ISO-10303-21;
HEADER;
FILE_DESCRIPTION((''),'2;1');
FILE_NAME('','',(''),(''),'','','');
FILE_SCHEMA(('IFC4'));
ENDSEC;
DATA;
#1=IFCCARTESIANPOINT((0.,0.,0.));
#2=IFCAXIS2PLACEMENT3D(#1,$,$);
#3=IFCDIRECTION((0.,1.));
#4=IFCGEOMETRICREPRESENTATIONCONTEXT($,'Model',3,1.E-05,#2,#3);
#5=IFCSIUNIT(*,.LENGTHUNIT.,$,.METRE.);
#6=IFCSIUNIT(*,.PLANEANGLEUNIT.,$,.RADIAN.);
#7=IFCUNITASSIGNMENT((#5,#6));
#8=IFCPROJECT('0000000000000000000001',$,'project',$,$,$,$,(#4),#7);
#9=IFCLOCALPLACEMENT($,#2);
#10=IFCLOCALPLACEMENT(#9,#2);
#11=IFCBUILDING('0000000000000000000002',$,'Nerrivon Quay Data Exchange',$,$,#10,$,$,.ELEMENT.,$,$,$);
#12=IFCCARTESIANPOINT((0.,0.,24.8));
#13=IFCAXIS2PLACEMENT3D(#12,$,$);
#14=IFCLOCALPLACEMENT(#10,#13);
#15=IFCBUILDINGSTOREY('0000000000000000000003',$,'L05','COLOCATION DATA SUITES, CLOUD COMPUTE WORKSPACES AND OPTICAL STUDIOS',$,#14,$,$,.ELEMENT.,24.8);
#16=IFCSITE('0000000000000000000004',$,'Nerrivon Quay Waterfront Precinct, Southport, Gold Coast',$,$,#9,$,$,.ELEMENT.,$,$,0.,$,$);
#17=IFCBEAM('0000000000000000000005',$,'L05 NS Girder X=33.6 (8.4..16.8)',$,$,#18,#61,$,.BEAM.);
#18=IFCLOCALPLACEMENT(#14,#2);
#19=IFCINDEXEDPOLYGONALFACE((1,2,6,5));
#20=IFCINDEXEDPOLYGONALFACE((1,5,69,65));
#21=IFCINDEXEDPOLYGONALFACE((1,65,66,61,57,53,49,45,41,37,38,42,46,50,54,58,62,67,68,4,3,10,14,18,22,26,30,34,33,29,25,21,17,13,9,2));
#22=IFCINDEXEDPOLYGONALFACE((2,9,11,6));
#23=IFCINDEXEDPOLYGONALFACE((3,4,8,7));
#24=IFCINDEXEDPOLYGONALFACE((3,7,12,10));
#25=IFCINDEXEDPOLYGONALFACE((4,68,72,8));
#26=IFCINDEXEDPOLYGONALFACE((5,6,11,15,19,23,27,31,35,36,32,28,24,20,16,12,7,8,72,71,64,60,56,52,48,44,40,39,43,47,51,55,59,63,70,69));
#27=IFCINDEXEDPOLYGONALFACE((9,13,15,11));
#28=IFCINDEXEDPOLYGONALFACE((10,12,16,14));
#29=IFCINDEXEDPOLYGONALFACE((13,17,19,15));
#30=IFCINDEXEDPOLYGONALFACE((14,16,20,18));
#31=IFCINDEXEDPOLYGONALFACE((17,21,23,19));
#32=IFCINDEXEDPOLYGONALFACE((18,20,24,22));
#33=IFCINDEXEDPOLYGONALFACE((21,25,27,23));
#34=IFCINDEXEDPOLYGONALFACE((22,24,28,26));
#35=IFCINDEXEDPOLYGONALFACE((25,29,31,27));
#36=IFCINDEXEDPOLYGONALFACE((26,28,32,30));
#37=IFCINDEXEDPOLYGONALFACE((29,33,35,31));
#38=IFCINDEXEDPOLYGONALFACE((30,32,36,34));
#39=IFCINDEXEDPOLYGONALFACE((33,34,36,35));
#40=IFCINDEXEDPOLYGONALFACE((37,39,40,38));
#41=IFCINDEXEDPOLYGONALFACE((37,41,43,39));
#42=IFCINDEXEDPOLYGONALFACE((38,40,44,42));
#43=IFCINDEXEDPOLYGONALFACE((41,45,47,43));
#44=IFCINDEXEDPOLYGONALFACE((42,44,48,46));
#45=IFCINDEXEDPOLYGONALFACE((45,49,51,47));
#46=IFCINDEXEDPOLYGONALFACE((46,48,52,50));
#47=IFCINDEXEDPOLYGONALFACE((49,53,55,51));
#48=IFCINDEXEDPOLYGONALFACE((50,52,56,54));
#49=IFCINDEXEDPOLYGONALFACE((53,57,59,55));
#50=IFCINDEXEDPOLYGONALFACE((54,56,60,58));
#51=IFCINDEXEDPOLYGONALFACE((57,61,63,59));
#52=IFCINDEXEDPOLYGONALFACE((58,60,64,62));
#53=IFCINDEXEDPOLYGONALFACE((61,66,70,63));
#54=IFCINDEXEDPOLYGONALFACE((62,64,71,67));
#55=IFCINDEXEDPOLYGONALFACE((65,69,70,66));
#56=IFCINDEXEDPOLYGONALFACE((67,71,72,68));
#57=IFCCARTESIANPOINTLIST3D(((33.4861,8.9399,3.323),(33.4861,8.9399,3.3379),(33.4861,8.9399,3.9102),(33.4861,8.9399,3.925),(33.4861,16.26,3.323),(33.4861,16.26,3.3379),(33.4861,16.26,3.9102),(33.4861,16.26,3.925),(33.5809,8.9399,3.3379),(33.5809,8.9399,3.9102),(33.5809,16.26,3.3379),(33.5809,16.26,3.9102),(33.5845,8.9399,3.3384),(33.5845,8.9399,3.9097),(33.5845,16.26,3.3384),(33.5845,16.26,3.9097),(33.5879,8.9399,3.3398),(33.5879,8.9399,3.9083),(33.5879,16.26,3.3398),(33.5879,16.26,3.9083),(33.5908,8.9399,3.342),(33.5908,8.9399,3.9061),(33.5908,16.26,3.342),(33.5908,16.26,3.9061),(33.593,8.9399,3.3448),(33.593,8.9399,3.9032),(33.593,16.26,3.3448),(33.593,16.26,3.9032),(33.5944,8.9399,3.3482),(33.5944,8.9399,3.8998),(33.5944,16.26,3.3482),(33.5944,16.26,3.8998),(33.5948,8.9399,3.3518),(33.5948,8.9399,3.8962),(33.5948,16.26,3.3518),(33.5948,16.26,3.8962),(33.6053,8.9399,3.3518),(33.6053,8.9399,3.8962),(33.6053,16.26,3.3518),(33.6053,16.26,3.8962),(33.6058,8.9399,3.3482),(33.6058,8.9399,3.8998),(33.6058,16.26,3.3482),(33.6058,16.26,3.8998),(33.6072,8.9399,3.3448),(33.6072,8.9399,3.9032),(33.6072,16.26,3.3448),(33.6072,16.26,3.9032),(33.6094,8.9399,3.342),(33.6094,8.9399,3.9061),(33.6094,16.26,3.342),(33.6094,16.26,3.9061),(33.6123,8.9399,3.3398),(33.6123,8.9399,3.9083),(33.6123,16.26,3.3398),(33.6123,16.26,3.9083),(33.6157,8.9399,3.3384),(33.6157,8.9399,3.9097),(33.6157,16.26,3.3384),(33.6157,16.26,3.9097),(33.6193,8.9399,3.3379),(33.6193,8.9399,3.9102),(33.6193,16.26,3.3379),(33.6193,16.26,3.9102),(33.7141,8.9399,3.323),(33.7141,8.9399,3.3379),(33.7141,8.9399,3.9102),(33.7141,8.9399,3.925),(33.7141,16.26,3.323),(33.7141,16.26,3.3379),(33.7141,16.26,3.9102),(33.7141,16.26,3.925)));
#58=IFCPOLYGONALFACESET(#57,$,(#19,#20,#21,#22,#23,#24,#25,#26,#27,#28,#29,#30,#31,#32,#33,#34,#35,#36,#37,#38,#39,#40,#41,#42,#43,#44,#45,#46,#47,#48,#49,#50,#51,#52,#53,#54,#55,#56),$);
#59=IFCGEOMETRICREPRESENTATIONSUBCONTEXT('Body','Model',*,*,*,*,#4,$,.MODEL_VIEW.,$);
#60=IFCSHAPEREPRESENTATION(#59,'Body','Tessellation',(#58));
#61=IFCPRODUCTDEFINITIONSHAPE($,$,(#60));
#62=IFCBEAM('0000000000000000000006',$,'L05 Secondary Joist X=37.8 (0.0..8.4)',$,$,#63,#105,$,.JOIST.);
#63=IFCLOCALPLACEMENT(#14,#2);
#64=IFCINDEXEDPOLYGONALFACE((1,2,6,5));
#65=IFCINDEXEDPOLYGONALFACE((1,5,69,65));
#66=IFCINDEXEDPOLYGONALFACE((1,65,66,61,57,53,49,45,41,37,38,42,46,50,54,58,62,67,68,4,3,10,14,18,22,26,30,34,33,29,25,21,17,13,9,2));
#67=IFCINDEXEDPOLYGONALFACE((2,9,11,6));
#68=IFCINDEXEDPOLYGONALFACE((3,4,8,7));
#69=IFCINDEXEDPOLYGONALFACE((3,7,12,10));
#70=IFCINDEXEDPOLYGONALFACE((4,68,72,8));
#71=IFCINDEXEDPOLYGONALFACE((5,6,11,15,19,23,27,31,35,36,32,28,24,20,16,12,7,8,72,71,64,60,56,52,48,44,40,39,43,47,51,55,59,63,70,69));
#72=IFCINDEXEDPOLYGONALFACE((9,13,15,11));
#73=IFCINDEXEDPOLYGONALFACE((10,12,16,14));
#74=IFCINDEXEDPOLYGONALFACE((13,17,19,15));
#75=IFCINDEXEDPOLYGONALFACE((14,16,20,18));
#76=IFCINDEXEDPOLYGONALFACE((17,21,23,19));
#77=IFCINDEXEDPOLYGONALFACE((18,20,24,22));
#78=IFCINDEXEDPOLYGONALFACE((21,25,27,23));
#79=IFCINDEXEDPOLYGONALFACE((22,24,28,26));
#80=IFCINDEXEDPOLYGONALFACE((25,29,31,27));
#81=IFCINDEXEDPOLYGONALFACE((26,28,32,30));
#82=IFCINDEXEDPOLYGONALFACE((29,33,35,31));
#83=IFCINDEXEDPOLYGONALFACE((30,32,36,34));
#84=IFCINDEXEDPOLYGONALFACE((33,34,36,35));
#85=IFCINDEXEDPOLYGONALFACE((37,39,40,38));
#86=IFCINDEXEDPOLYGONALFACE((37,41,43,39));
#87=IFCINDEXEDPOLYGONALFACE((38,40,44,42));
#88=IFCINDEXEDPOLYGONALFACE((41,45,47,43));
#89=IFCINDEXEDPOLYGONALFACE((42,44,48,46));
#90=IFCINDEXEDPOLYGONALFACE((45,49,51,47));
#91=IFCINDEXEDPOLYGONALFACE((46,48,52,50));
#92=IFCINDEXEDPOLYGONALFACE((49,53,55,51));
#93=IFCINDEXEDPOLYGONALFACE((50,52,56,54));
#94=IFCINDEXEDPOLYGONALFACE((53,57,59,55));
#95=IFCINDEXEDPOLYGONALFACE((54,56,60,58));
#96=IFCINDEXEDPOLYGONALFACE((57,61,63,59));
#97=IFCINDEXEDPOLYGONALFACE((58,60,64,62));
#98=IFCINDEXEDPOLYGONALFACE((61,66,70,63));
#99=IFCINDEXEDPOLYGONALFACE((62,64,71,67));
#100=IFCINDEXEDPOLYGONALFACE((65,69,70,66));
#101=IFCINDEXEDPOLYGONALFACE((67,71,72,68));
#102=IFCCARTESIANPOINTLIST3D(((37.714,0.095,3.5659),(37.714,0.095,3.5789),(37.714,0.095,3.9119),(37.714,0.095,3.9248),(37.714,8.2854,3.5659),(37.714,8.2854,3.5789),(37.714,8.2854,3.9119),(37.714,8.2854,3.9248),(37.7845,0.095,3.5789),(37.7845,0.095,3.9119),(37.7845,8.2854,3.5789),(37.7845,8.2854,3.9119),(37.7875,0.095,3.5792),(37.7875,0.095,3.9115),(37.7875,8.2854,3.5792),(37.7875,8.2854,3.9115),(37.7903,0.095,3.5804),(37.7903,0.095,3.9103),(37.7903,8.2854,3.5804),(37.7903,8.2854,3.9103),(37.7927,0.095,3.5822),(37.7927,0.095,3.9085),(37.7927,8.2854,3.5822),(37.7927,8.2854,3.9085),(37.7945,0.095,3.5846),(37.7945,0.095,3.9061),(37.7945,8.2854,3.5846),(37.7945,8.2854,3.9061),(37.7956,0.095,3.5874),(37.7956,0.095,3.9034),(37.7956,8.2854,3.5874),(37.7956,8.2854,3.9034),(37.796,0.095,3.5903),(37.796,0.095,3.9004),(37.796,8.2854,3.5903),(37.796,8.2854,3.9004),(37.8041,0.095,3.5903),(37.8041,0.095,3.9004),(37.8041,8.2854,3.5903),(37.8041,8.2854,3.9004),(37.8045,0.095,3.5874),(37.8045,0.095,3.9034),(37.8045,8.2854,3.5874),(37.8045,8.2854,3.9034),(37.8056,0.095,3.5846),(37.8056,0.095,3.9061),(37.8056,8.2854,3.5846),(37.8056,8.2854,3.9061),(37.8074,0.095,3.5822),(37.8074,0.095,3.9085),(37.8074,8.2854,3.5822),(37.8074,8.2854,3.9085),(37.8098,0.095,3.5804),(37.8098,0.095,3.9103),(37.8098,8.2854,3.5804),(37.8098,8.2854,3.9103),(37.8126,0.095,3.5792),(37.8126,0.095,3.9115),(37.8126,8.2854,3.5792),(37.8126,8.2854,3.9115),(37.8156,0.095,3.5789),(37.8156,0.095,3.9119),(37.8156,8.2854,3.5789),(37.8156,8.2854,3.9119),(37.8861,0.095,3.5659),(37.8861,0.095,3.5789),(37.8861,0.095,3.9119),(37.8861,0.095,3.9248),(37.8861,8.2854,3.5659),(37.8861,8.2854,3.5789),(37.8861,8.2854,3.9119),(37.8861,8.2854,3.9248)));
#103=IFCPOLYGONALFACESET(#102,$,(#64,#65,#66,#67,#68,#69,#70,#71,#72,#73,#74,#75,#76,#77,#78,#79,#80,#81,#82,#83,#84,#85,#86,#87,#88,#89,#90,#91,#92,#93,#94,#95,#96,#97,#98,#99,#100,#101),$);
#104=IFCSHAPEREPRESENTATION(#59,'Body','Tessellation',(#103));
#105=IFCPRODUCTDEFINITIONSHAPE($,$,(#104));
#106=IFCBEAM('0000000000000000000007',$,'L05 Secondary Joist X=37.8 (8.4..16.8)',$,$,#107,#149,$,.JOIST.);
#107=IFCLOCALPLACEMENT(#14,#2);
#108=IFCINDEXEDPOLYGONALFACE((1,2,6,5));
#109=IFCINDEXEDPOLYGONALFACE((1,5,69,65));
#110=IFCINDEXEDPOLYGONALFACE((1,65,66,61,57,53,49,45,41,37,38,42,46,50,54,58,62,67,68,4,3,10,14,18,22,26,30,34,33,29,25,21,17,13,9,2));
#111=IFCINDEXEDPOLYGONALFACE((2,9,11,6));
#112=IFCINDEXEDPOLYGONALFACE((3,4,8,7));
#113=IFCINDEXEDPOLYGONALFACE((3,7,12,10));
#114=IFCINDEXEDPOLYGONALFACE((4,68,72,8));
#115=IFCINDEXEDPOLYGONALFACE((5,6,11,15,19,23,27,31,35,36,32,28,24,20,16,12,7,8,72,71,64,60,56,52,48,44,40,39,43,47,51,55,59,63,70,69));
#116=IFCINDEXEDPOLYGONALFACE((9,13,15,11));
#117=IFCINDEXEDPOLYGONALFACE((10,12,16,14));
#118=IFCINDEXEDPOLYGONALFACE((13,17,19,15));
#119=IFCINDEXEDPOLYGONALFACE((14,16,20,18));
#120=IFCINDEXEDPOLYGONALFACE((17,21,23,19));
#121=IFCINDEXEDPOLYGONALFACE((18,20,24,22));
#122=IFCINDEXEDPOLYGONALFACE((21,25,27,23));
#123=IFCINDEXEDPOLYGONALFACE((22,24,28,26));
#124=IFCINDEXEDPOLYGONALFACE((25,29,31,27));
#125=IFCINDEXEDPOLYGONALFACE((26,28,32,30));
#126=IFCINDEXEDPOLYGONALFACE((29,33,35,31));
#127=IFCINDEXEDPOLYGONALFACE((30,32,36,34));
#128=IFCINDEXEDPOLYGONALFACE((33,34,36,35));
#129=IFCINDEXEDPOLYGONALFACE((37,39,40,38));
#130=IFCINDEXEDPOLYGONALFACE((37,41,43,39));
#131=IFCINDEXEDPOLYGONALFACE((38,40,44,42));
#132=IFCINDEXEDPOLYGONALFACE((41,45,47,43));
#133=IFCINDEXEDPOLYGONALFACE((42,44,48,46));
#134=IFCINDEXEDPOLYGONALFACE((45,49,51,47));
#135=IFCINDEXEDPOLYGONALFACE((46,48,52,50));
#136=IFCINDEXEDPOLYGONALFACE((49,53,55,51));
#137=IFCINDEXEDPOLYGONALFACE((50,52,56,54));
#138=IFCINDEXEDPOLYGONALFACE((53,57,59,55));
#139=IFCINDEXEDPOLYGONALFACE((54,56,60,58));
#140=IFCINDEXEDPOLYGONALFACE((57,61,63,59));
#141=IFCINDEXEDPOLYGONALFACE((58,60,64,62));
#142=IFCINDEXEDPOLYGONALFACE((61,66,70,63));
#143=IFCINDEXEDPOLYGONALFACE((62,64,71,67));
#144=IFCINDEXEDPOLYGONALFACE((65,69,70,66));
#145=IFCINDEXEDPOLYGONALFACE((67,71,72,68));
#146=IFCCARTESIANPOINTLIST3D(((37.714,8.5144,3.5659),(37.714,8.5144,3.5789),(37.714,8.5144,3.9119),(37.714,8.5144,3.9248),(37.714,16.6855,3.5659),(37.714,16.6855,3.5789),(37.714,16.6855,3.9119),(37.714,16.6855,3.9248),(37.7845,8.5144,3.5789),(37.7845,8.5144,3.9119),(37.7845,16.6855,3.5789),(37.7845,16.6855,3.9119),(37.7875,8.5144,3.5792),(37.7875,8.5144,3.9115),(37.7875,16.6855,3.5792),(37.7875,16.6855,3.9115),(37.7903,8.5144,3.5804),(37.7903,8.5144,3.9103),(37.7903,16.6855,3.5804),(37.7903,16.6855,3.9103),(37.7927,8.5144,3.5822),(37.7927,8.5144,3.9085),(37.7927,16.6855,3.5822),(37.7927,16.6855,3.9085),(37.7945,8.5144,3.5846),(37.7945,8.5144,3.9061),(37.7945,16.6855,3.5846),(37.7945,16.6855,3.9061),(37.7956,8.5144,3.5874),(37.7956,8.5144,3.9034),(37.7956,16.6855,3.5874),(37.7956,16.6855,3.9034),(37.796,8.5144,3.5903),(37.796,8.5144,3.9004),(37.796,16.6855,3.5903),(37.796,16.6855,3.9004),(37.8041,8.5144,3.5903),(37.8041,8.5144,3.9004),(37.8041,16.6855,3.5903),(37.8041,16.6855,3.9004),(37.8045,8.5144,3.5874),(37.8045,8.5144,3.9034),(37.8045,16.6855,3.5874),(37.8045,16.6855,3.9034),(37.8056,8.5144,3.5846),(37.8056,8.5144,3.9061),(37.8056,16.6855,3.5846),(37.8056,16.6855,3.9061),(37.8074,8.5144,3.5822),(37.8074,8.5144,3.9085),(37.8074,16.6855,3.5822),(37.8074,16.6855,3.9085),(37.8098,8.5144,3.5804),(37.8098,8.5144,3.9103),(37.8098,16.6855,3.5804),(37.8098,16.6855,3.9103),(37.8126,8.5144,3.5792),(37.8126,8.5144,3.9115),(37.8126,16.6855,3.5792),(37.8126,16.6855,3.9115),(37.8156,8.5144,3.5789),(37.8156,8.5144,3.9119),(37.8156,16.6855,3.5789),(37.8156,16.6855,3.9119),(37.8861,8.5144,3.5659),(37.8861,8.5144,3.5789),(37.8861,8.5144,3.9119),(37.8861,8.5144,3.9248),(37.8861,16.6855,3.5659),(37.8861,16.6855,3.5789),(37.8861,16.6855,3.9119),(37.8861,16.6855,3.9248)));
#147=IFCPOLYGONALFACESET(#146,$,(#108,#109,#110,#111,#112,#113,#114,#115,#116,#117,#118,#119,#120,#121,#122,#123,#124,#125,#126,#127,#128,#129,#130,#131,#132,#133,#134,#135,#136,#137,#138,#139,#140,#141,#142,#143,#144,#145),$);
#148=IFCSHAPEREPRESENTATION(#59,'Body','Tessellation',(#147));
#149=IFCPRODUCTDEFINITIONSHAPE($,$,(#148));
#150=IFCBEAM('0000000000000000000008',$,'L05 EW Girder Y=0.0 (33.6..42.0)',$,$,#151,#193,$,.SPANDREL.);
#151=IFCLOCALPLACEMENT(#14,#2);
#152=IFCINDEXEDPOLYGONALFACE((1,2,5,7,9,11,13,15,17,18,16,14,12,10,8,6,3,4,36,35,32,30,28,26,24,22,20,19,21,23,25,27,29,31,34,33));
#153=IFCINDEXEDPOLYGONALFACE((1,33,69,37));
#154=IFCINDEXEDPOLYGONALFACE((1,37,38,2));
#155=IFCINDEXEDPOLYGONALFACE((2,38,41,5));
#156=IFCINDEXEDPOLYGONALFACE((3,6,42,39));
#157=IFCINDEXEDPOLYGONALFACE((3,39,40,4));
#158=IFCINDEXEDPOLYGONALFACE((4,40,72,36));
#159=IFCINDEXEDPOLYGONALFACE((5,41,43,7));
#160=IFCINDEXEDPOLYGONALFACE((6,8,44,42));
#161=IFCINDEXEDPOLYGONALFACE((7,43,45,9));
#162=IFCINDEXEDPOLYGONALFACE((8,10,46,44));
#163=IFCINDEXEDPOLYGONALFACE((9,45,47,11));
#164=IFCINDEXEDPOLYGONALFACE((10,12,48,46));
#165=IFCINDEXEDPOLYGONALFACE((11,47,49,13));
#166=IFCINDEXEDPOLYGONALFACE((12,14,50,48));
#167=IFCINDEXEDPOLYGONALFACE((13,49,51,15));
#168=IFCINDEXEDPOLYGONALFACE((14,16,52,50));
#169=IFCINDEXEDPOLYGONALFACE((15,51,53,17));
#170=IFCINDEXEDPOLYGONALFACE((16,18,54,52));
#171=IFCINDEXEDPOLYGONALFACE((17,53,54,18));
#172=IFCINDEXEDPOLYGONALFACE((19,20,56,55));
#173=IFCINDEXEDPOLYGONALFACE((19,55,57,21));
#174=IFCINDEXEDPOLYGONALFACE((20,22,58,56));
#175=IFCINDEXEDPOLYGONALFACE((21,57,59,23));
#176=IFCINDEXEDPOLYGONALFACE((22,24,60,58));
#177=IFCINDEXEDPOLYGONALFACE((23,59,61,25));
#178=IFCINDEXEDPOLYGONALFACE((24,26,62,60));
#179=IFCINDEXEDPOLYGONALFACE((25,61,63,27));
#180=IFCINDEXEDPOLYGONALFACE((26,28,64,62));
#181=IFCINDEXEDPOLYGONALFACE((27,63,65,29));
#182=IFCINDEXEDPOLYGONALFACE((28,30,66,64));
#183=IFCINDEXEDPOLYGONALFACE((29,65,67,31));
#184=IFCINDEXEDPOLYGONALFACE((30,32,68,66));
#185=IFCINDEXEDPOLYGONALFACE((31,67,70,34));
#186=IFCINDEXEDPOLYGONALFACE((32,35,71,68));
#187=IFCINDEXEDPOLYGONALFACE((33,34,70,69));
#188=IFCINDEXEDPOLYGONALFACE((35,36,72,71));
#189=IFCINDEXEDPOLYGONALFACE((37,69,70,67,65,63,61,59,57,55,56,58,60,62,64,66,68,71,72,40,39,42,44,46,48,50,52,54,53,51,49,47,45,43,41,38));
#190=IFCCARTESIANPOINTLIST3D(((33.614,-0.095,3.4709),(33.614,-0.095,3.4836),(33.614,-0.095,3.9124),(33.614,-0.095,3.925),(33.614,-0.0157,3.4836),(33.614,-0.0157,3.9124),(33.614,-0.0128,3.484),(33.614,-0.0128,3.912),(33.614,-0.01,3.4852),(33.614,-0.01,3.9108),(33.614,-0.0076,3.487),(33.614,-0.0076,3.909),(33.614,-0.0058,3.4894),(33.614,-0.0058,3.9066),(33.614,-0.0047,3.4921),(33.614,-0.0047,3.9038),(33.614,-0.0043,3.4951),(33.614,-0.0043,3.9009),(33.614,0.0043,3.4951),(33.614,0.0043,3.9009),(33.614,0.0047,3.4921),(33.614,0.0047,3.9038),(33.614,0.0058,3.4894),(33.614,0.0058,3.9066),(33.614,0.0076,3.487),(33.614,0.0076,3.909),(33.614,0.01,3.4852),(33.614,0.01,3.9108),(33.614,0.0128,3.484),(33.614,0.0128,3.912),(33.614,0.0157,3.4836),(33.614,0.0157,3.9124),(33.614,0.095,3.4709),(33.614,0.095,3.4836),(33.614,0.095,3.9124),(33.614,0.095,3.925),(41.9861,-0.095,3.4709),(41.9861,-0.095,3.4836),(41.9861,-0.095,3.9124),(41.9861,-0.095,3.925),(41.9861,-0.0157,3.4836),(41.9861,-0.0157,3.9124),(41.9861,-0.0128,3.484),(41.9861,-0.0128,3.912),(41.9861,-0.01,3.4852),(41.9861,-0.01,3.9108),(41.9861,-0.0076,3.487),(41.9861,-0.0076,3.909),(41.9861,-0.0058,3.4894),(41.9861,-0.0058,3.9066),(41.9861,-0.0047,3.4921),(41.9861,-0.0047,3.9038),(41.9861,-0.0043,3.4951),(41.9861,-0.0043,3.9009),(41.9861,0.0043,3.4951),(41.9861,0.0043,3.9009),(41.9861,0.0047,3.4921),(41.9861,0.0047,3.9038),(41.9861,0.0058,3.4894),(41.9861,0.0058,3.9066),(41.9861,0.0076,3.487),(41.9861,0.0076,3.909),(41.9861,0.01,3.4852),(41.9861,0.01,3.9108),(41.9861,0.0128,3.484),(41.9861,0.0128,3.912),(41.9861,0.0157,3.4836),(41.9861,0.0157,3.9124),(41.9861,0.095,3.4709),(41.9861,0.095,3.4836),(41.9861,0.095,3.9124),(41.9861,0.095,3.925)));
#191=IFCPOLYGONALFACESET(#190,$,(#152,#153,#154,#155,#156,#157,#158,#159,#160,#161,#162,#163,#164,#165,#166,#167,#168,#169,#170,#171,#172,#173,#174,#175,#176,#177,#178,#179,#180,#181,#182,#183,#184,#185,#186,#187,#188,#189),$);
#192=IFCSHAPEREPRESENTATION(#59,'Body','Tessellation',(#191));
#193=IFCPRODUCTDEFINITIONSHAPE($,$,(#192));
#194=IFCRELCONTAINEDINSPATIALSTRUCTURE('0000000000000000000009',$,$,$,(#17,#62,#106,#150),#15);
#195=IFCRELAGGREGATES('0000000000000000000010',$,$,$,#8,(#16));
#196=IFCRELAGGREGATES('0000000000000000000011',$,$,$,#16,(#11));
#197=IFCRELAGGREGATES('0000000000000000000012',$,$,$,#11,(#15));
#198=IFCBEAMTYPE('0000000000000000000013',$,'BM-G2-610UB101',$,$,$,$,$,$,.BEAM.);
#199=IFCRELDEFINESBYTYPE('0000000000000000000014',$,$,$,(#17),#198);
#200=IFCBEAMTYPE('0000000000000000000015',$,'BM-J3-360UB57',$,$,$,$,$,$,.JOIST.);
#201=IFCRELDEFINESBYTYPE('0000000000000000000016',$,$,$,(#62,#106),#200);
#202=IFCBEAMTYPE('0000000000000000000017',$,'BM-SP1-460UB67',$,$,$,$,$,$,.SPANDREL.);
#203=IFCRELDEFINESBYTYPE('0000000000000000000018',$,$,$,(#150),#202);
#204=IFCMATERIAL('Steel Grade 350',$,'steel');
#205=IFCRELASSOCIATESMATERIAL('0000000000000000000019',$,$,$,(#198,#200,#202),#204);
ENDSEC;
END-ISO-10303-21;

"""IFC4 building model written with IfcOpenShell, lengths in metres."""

from ifc_helpers import new_model, si_unit, direction, frame, origin, origin_2d, place, context, subcontext, project, spatial, i_section, extrude, material, material_profile, profile_set, type_object, element, save


model = new_model("IFC4")

# Units and contexts
model_context = context("Model", 3, precision=1e-05, world=origin(), true_north=direction((0.0, 1.0)))
body_context = subcontext(model_context, "Body", "Model", "MODEL_VIEW")
ifc_project = project(units=[si_unit("LENGTHUNIT", "METRE"), si_unit("PLANEANGLEUNIT", "RADIAN")], contexts=[model_context])

# Site, building, storey
site_placement = place(None, origin())
site = spatial("IfcSite", under=ifc_project, at=site_placement, Name="Nerrivon Quay Waterfront Precinct, Southport, Gold Coast", CompositionType="ELEMENT", RefElevation=0.0)
building_placement = place(site_placement, origin())
building = spatial("IfcBuilding", under=site, at=building_placement, Name="Nerrivon Quay Data Exchange", CompositionType="ELEMENT")
storey_placement = place(building_placement, frame((0.0, 0.0, 24.8)))
storey = spatial("IfcBuildingStorey", under=building, at=storey_placement, Name="L05", Description="COLOCATION DATA SUITES, CLOUD COMPUTE WORKSPACES AND OPTICAL STUDIOS", CompositionType="ELEMENT", Elevation=24.8)

# Shared definitions
ifc_material_1 = material(Name="Steel Grade 350", Category="steel")

# Beams
ifc_material_profile_1 = material_profile(ifc_material_1, i_section(OverallWidth=0.228, OverallDepth=0.6021, WebThickness=0.0105, FlangeThickness=0.0149, FilletRadius=0.0139, at=origin_2d()), Name="610UB101")
ifc_profile_set_1 = profile_set([ifc_material_profile_1], Name="Steel Grade 350")
beam_type_1 = type_object("IfcBeamType", Name="BM-G2-610UB101", PredefinedType="BEAM", material=ifc_profile_set_1)
beam_1_placement = place(storey_placement, frame((33.6001, 8.9399, 3.624), z_axis=(0.0, 1.0, 0.0), x_axis=(-1.0, 0.0, 0.0)))
element("IfcBeam", 1, at=beam_1_placement, inside=storey, type_object=beam_type_1, Name="L05 NS Girder X=33.6 (8.4..16.8)", PredefinedType="BEAM", context=body_context, shape_type="SweptSolid", body=[
    extrude(i_section(OverallWidth=0.228, OverallDepth=0.6021, WebThickness=0.0105, FlangeThickness=0.0149, FilletRadius=0.0139, at=origin_2d()), origin(), (0.0, 0.0, 1.0), 7.3201),
])
ifc_material_profile_2 = material_profile(ifc_material_1, i_section(OverallWidth=0.1721, OverallDepth=0.3589, WebThickness=0.0081, FlangeThickness=0.0129, FilletRadius=0.0115, at=origin_2d()), Name="360UB56.7")
ifc_profile_set_2 = profile_set([ifc_material_profile_2], Name="Steel Grade 350")
beam_type_2 = type_object("IfcBeamType", Name="BM-J3-360UB57", PredefinedType="JOIST", material=ifc_profile_set_2)
beam_2_placement = place(storey_placement, frame((37.8, 0.095, 3.7454), z_axis=(0.0, 1.0, 0.0), x_axis=(-1.0, 0.0, 0.0)))
element("IfcBeam", 2, at=beam_2_placement, inside=storey, type_object=beam_type_2, Name="L05 Secondary Joist X=37.8 (0.0..8.4)", PredefinedType="JOIST", context=body_context, shape_type="SweptSolid", body=[
    extrude(i_section(OverallWidth=0.1721, OverallDepth=0.3589, WebThickness=0.0081, FlangeThickness=0.0129, FilletRadius=0.0115, at=origin_2d()), origin(), (0.0, 0.0, 1.0), 8.1904),
])
beam_3_placement = place(storey_placement, frame((37.8, 8.5144, 3.7454), z_axis=(0.0, 1.0, 0.0), x_axis=(-1.0, 0.0, 0.0)))
element("IfcBeam", 3, at=beam_3_placement, inside=storey, type_object=beam_type_2, Name="L05 Secondary Joist X=37.8 (8.4..16.8)", PredefinedType="JOIST", context=body_context, shape_type="SweptSolid", body=[
    extrude(i_section(OverallWidth=0.1721, OverallDepth=0.3589, WebThickness=0.0081, FlangeThickness=0.0129, FilletRadius=0.0115, at=origin_2d()), origin(), (0.0, 0.0, 1.0), 8.1711),
])
ifc_material_profile_3 = material_profile(ifc_material_1, i_section(OverallWidth=0.1899, OverallDepth=0.4541, WebThickness=0.0085, FlangeThickness=0.0127, FilletRadius=0.0115, at=origin_2d()), Name="460UB67.1")
ifc_profile_set_3 = profile_set([ifc_material_profile_3], Name="Steel Grade 350")
beam_type_3 = type_object("IfcBeamType", Name="BM-SP1-460UB67", PredefinedType="SPANDREL", material=ifc_profile_set_3)
beam_4_placement = place(storey_placement, frame((33.614, 0.0, 3.698), z_axis=(1.0, 0.0, 0.0), x_axis=(0.0, 1.0, 0.0)))
element("IfcBeam", 4, at=beam_4_placement, inside=storey, type_object=beam_type_3, Name="L05 EW Girder Y=0.0 (33.6..42.0)", PredefinedType="SPANDREL", context=body_context, shape_type="SweptSolid", body=[
    extrude(i_section(OverallWidth=0.1899, OverallDepth=0.4541, WebThickness=0.0085, FlangeThickness=0.0127, FilletRadius=0.0115, at=origin_2d()), origin(), (0.0, 0.0, 1.0), 8.3721),
])

save(model, "model.ifc")
